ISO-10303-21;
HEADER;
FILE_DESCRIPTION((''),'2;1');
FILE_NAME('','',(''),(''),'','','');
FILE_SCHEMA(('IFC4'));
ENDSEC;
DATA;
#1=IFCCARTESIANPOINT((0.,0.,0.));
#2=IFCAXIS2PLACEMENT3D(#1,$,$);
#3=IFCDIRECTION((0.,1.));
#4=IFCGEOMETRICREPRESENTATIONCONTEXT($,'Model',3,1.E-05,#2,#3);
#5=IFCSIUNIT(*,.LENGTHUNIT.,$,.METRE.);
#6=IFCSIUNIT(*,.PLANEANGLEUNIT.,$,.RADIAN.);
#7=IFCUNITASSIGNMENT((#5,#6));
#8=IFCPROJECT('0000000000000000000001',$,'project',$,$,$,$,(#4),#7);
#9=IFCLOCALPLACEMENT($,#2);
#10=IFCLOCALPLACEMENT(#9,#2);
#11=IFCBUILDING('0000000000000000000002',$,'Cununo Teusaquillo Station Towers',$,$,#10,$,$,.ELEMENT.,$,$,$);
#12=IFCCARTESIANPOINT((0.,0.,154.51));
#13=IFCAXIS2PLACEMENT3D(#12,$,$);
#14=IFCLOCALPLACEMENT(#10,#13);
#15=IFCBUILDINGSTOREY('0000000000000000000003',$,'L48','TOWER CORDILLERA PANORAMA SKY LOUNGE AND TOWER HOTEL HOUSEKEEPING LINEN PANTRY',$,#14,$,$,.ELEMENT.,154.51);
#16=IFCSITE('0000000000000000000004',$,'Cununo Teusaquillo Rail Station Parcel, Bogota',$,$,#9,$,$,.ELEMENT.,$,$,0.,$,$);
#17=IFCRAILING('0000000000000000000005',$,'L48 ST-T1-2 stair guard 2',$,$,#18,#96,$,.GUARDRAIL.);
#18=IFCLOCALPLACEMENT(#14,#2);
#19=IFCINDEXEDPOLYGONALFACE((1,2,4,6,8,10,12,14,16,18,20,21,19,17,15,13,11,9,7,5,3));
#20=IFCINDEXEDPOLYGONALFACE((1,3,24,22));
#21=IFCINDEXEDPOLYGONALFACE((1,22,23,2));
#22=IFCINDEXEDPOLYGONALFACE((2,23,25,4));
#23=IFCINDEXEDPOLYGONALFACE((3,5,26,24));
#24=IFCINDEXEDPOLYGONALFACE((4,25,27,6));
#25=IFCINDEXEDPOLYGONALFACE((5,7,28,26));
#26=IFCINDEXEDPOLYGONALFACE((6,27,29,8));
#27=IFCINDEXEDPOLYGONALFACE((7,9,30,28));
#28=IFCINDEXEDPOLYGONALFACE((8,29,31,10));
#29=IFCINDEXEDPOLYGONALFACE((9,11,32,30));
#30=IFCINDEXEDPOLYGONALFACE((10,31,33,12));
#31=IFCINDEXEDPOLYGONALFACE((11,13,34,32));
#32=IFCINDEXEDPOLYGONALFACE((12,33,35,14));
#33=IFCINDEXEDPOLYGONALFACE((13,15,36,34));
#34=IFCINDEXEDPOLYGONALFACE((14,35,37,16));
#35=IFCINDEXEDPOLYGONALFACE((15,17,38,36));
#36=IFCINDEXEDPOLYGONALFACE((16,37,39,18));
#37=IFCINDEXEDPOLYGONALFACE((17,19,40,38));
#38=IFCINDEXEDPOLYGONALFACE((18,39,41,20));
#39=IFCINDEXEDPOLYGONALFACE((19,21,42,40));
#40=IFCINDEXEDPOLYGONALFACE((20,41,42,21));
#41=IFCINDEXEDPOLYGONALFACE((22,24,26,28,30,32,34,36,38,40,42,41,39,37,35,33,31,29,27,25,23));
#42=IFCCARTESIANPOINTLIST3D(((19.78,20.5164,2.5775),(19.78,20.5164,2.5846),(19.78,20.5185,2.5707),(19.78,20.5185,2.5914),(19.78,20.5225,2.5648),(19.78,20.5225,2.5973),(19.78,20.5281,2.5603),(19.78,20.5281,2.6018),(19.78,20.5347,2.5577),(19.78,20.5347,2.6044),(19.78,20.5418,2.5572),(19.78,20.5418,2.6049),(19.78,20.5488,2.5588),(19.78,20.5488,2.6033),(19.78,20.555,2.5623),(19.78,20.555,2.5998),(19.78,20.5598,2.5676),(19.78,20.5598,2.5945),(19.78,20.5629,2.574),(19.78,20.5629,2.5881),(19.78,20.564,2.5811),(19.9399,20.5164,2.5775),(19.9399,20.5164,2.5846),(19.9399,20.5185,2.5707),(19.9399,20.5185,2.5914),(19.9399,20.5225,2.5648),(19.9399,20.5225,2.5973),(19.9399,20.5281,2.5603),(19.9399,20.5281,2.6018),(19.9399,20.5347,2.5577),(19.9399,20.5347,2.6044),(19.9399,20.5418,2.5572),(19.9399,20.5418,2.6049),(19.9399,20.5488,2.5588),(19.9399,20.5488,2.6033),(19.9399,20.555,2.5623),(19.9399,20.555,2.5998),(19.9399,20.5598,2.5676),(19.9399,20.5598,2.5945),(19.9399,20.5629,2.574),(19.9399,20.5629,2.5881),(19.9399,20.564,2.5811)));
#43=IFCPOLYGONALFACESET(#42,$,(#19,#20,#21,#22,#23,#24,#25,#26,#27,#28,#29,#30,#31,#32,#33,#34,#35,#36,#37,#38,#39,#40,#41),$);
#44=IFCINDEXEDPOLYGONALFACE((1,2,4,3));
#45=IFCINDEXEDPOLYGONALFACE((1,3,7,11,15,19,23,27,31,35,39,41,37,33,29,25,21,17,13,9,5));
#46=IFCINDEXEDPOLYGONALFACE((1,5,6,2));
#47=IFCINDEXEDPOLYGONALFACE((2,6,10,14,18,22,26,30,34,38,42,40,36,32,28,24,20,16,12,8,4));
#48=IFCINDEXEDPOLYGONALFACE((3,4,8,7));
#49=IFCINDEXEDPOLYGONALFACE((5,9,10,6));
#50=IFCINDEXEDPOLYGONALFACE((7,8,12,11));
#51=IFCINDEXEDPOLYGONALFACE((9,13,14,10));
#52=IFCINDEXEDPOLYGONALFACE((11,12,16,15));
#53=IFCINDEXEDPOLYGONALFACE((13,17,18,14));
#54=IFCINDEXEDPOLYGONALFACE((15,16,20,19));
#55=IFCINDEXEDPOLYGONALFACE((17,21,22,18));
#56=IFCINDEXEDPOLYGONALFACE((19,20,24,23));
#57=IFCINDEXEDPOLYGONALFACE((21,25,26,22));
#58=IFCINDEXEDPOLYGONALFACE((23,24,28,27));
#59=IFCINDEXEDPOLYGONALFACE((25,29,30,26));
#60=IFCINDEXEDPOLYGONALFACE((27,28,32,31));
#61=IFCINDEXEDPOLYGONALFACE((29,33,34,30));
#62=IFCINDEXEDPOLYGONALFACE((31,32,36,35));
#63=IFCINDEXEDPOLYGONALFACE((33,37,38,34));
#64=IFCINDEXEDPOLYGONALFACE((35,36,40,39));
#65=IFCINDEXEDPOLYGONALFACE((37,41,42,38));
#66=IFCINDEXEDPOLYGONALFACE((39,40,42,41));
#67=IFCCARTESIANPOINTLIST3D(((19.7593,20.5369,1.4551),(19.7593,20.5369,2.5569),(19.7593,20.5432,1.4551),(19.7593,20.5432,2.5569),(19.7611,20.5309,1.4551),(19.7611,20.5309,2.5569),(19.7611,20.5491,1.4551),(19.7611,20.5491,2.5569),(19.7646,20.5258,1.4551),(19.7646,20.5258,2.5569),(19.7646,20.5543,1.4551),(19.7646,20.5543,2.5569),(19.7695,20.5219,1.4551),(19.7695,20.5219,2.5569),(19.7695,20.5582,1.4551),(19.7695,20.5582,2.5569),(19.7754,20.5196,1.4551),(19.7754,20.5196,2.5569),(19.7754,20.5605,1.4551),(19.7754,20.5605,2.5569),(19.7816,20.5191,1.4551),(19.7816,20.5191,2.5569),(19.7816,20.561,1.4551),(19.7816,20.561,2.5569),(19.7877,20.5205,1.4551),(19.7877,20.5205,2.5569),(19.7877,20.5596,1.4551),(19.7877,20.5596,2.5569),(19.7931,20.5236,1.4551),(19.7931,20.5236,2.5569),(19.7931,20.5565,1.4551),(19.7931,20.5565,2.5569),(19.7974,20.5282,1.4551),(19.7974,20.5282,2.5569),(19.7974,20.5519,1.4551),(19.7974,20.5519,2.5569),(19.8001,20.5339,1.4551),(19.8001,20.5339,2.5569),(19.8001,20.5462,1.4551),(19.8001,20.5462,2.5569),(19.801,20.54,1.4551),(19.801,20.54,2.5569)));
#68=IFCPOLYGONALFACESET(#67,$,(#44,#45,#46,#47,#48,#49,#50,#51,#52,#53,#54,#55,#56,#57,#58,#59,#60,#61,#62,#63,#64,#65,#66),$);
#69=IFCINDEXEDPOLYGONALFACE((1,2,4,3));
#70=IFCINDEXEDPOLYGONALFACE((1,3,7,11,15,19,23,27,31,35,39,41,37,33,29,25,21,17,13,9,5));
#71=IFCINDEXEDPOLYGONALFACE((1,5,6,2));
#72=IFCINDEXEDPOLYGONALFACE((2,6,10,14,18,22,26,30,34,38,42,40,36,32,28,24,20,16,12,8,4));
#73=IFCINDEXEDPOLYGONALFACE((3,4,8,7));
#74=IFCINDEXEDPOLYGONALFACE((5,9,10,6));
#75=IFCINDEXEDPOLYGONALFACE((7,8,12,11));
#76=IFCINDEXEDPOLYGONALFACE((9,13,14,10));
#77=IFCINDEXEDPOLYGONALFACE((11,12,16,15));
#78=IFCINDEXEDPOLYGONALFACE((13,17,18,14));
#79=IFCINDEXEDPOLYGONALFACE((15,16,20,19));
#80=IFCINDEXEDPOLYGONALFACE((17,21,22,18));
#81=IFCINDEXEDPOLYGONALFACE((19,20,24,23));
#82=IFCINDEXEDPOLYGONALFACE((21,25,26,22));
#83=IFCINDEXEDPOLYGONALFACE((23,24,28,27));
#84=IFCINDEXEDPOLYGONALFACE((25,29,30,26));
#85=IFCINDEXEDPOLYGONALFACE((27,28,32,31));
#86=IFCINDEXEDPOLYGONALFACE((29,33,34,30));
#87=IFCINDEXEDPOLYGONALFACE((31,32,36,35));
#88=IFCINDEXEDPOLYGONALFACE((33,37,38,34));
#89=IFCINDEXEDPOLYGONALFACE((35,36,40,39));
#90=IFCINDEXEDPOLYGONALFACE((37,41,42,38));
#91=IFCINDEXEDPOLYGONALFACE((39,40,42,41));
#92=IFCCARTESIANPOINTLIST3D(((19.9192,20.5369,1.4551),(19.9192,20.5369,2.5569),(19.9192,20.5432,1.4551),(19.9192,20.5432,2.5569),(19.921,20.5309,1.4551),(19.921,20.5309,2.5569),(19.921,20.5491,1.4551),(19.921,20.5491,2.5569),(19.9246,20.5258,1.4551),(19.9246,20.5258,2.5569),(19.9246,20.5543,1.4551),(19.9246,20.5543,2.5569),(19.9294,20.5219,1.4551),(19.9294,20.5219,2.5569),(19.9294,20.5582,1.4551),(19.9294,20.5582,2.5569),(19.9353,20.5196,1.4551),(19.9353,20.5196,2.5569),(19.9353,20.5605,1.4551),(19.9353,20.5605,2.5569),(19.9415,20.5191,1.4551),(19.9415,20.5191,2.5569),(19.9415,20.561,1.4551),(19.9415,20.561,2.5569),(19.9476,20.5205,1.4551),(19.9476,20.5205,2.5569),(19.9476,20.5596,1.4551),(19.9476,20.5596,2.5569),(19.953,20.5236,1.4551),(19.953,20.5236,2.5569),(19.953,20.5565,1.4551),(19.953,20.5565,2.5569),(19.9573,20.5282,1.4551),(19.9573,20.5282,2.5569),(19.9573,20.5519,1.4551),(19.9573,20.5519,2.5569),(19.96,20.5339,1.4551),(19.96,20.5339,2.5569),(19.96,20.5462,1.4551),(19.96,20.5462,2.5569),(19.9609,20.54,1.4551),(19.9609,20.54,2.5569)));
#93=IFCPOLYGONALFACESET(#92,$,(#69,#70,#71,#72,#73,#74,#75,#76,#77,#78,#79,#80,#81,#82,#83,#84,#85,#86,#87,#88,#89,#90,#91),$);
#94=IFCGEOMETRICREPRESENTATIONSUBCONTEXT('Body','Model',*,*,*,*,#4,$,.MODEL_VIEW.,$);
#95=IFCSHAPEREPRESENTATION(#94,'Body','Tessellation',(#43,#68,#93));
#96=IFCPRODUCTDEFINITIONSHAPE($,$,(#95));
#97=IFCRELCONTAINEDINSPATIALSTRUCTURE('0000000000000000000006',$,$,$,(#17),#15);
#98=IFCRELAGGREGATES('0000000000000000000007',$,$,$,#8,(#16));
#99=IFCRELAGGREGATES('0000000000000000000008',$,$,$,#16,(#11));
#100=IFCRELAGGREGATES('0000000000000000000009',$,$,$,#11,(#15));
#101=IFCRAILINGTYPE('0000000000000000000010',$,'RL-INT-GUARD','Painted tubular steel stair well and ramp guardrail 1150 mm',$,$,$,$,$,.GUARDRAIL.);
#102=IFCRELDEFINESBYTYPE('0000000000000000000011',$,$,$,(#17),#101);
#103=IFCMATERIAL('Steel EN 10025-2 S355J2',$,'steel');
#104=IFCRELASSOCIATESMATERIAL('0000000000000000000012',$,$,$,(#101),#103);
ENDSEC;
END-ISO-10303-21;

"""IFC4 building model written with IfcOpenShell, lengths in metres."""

from ifc_helpers import new_model, si_unit, direction, frame, origin, origin_2d, place, context, subcontext, project, spatial, circle, extrude, material, type_object, element, save


model = new_model("IFC4")

# Units and contexts
model_context = context("Model", 3, precision=1e-05, world=origin(), true_north=direction((0.0, 1.0)))
body_context = subcontext(model_context, "Body", "Model", "MODEL_VIEW")
ifc_project = project(units=[si_unit("LENGTHUNIT", "METRE"), si_unit("PLANEANGLEUNIT", "RADIAN")], contexts=[model_context])

# Site, building, storey
site_placement = place(None, origin())
site = spatial("IfcSite", under=ifc_project, at=site_placement, Name="Cununo Teusaquillo Rail Station Parcel, Bogota", CompositionType="ELEMENT", RefElevation=0.0)
building_placement = place(site_placement, origin())
building = spatial("IfcBuilding", under=site, at=building_placement, Name="Cununo Teusaquillo Station Towers", CompositionType="ELEMENT")
storey_placement = place(building_placement, frame((0.0, 0.0, 154.51)))
storey = spatial("IfcBuildingStorey", under=building, at=storey_placement, Name="L48", Description="TOWER CORDILLERA PANORAMA SKY LOUNGE AND TOWER HOTEL HOUSEKEEPING LINEN PANTRY", CompositionType="ELEMENT", Elevation=154.51)

# Railing
ifc_material_1 = material(Name="Steel EN 10025-2 S355J2", Category="steel")
railing_type_1 = type_object("IfcRailingType", Name="RL-INT-GUARD", Description="Painted tubular steel stair well and ramp guardrail 1150 mm", PredefinedType="GUARDRAIL", material=ifc_material_1)
railing_1_placement = place(storey_placement, frame((19.78, 20.54, 1.4551)))
element("IfcRailing", 1, at=railing_1_placement, inside=storey, type_object=railing_type_1, Name="L48 ST-T1-2 stair guard 2", PredefinedType="GUARDRAIL", context=body_context, shape_type="SweptSolid", body=[
    extrude(circle(Radius=0.0239, at=origin_2d()), frame((0.0, 0.0, 1.126), z_axis=(1.0, 0.0, 0.0), x_axis=(0.0, 1.0, 0.0)), (0.0, 0.0, 1.0), 0.1599),
    extrude(circle(Radius=0.021, at=origin_2d()), origin(), (0.0, 0.0, 1.0), 1.1018),
    extrude(circle(Radius=0.021, at=origin_2d()), frame((0.1599, 0.0, 0.0)), (0.0, 0.0, 1.0), 1.1018),
])

save(model, "model.ifc")
